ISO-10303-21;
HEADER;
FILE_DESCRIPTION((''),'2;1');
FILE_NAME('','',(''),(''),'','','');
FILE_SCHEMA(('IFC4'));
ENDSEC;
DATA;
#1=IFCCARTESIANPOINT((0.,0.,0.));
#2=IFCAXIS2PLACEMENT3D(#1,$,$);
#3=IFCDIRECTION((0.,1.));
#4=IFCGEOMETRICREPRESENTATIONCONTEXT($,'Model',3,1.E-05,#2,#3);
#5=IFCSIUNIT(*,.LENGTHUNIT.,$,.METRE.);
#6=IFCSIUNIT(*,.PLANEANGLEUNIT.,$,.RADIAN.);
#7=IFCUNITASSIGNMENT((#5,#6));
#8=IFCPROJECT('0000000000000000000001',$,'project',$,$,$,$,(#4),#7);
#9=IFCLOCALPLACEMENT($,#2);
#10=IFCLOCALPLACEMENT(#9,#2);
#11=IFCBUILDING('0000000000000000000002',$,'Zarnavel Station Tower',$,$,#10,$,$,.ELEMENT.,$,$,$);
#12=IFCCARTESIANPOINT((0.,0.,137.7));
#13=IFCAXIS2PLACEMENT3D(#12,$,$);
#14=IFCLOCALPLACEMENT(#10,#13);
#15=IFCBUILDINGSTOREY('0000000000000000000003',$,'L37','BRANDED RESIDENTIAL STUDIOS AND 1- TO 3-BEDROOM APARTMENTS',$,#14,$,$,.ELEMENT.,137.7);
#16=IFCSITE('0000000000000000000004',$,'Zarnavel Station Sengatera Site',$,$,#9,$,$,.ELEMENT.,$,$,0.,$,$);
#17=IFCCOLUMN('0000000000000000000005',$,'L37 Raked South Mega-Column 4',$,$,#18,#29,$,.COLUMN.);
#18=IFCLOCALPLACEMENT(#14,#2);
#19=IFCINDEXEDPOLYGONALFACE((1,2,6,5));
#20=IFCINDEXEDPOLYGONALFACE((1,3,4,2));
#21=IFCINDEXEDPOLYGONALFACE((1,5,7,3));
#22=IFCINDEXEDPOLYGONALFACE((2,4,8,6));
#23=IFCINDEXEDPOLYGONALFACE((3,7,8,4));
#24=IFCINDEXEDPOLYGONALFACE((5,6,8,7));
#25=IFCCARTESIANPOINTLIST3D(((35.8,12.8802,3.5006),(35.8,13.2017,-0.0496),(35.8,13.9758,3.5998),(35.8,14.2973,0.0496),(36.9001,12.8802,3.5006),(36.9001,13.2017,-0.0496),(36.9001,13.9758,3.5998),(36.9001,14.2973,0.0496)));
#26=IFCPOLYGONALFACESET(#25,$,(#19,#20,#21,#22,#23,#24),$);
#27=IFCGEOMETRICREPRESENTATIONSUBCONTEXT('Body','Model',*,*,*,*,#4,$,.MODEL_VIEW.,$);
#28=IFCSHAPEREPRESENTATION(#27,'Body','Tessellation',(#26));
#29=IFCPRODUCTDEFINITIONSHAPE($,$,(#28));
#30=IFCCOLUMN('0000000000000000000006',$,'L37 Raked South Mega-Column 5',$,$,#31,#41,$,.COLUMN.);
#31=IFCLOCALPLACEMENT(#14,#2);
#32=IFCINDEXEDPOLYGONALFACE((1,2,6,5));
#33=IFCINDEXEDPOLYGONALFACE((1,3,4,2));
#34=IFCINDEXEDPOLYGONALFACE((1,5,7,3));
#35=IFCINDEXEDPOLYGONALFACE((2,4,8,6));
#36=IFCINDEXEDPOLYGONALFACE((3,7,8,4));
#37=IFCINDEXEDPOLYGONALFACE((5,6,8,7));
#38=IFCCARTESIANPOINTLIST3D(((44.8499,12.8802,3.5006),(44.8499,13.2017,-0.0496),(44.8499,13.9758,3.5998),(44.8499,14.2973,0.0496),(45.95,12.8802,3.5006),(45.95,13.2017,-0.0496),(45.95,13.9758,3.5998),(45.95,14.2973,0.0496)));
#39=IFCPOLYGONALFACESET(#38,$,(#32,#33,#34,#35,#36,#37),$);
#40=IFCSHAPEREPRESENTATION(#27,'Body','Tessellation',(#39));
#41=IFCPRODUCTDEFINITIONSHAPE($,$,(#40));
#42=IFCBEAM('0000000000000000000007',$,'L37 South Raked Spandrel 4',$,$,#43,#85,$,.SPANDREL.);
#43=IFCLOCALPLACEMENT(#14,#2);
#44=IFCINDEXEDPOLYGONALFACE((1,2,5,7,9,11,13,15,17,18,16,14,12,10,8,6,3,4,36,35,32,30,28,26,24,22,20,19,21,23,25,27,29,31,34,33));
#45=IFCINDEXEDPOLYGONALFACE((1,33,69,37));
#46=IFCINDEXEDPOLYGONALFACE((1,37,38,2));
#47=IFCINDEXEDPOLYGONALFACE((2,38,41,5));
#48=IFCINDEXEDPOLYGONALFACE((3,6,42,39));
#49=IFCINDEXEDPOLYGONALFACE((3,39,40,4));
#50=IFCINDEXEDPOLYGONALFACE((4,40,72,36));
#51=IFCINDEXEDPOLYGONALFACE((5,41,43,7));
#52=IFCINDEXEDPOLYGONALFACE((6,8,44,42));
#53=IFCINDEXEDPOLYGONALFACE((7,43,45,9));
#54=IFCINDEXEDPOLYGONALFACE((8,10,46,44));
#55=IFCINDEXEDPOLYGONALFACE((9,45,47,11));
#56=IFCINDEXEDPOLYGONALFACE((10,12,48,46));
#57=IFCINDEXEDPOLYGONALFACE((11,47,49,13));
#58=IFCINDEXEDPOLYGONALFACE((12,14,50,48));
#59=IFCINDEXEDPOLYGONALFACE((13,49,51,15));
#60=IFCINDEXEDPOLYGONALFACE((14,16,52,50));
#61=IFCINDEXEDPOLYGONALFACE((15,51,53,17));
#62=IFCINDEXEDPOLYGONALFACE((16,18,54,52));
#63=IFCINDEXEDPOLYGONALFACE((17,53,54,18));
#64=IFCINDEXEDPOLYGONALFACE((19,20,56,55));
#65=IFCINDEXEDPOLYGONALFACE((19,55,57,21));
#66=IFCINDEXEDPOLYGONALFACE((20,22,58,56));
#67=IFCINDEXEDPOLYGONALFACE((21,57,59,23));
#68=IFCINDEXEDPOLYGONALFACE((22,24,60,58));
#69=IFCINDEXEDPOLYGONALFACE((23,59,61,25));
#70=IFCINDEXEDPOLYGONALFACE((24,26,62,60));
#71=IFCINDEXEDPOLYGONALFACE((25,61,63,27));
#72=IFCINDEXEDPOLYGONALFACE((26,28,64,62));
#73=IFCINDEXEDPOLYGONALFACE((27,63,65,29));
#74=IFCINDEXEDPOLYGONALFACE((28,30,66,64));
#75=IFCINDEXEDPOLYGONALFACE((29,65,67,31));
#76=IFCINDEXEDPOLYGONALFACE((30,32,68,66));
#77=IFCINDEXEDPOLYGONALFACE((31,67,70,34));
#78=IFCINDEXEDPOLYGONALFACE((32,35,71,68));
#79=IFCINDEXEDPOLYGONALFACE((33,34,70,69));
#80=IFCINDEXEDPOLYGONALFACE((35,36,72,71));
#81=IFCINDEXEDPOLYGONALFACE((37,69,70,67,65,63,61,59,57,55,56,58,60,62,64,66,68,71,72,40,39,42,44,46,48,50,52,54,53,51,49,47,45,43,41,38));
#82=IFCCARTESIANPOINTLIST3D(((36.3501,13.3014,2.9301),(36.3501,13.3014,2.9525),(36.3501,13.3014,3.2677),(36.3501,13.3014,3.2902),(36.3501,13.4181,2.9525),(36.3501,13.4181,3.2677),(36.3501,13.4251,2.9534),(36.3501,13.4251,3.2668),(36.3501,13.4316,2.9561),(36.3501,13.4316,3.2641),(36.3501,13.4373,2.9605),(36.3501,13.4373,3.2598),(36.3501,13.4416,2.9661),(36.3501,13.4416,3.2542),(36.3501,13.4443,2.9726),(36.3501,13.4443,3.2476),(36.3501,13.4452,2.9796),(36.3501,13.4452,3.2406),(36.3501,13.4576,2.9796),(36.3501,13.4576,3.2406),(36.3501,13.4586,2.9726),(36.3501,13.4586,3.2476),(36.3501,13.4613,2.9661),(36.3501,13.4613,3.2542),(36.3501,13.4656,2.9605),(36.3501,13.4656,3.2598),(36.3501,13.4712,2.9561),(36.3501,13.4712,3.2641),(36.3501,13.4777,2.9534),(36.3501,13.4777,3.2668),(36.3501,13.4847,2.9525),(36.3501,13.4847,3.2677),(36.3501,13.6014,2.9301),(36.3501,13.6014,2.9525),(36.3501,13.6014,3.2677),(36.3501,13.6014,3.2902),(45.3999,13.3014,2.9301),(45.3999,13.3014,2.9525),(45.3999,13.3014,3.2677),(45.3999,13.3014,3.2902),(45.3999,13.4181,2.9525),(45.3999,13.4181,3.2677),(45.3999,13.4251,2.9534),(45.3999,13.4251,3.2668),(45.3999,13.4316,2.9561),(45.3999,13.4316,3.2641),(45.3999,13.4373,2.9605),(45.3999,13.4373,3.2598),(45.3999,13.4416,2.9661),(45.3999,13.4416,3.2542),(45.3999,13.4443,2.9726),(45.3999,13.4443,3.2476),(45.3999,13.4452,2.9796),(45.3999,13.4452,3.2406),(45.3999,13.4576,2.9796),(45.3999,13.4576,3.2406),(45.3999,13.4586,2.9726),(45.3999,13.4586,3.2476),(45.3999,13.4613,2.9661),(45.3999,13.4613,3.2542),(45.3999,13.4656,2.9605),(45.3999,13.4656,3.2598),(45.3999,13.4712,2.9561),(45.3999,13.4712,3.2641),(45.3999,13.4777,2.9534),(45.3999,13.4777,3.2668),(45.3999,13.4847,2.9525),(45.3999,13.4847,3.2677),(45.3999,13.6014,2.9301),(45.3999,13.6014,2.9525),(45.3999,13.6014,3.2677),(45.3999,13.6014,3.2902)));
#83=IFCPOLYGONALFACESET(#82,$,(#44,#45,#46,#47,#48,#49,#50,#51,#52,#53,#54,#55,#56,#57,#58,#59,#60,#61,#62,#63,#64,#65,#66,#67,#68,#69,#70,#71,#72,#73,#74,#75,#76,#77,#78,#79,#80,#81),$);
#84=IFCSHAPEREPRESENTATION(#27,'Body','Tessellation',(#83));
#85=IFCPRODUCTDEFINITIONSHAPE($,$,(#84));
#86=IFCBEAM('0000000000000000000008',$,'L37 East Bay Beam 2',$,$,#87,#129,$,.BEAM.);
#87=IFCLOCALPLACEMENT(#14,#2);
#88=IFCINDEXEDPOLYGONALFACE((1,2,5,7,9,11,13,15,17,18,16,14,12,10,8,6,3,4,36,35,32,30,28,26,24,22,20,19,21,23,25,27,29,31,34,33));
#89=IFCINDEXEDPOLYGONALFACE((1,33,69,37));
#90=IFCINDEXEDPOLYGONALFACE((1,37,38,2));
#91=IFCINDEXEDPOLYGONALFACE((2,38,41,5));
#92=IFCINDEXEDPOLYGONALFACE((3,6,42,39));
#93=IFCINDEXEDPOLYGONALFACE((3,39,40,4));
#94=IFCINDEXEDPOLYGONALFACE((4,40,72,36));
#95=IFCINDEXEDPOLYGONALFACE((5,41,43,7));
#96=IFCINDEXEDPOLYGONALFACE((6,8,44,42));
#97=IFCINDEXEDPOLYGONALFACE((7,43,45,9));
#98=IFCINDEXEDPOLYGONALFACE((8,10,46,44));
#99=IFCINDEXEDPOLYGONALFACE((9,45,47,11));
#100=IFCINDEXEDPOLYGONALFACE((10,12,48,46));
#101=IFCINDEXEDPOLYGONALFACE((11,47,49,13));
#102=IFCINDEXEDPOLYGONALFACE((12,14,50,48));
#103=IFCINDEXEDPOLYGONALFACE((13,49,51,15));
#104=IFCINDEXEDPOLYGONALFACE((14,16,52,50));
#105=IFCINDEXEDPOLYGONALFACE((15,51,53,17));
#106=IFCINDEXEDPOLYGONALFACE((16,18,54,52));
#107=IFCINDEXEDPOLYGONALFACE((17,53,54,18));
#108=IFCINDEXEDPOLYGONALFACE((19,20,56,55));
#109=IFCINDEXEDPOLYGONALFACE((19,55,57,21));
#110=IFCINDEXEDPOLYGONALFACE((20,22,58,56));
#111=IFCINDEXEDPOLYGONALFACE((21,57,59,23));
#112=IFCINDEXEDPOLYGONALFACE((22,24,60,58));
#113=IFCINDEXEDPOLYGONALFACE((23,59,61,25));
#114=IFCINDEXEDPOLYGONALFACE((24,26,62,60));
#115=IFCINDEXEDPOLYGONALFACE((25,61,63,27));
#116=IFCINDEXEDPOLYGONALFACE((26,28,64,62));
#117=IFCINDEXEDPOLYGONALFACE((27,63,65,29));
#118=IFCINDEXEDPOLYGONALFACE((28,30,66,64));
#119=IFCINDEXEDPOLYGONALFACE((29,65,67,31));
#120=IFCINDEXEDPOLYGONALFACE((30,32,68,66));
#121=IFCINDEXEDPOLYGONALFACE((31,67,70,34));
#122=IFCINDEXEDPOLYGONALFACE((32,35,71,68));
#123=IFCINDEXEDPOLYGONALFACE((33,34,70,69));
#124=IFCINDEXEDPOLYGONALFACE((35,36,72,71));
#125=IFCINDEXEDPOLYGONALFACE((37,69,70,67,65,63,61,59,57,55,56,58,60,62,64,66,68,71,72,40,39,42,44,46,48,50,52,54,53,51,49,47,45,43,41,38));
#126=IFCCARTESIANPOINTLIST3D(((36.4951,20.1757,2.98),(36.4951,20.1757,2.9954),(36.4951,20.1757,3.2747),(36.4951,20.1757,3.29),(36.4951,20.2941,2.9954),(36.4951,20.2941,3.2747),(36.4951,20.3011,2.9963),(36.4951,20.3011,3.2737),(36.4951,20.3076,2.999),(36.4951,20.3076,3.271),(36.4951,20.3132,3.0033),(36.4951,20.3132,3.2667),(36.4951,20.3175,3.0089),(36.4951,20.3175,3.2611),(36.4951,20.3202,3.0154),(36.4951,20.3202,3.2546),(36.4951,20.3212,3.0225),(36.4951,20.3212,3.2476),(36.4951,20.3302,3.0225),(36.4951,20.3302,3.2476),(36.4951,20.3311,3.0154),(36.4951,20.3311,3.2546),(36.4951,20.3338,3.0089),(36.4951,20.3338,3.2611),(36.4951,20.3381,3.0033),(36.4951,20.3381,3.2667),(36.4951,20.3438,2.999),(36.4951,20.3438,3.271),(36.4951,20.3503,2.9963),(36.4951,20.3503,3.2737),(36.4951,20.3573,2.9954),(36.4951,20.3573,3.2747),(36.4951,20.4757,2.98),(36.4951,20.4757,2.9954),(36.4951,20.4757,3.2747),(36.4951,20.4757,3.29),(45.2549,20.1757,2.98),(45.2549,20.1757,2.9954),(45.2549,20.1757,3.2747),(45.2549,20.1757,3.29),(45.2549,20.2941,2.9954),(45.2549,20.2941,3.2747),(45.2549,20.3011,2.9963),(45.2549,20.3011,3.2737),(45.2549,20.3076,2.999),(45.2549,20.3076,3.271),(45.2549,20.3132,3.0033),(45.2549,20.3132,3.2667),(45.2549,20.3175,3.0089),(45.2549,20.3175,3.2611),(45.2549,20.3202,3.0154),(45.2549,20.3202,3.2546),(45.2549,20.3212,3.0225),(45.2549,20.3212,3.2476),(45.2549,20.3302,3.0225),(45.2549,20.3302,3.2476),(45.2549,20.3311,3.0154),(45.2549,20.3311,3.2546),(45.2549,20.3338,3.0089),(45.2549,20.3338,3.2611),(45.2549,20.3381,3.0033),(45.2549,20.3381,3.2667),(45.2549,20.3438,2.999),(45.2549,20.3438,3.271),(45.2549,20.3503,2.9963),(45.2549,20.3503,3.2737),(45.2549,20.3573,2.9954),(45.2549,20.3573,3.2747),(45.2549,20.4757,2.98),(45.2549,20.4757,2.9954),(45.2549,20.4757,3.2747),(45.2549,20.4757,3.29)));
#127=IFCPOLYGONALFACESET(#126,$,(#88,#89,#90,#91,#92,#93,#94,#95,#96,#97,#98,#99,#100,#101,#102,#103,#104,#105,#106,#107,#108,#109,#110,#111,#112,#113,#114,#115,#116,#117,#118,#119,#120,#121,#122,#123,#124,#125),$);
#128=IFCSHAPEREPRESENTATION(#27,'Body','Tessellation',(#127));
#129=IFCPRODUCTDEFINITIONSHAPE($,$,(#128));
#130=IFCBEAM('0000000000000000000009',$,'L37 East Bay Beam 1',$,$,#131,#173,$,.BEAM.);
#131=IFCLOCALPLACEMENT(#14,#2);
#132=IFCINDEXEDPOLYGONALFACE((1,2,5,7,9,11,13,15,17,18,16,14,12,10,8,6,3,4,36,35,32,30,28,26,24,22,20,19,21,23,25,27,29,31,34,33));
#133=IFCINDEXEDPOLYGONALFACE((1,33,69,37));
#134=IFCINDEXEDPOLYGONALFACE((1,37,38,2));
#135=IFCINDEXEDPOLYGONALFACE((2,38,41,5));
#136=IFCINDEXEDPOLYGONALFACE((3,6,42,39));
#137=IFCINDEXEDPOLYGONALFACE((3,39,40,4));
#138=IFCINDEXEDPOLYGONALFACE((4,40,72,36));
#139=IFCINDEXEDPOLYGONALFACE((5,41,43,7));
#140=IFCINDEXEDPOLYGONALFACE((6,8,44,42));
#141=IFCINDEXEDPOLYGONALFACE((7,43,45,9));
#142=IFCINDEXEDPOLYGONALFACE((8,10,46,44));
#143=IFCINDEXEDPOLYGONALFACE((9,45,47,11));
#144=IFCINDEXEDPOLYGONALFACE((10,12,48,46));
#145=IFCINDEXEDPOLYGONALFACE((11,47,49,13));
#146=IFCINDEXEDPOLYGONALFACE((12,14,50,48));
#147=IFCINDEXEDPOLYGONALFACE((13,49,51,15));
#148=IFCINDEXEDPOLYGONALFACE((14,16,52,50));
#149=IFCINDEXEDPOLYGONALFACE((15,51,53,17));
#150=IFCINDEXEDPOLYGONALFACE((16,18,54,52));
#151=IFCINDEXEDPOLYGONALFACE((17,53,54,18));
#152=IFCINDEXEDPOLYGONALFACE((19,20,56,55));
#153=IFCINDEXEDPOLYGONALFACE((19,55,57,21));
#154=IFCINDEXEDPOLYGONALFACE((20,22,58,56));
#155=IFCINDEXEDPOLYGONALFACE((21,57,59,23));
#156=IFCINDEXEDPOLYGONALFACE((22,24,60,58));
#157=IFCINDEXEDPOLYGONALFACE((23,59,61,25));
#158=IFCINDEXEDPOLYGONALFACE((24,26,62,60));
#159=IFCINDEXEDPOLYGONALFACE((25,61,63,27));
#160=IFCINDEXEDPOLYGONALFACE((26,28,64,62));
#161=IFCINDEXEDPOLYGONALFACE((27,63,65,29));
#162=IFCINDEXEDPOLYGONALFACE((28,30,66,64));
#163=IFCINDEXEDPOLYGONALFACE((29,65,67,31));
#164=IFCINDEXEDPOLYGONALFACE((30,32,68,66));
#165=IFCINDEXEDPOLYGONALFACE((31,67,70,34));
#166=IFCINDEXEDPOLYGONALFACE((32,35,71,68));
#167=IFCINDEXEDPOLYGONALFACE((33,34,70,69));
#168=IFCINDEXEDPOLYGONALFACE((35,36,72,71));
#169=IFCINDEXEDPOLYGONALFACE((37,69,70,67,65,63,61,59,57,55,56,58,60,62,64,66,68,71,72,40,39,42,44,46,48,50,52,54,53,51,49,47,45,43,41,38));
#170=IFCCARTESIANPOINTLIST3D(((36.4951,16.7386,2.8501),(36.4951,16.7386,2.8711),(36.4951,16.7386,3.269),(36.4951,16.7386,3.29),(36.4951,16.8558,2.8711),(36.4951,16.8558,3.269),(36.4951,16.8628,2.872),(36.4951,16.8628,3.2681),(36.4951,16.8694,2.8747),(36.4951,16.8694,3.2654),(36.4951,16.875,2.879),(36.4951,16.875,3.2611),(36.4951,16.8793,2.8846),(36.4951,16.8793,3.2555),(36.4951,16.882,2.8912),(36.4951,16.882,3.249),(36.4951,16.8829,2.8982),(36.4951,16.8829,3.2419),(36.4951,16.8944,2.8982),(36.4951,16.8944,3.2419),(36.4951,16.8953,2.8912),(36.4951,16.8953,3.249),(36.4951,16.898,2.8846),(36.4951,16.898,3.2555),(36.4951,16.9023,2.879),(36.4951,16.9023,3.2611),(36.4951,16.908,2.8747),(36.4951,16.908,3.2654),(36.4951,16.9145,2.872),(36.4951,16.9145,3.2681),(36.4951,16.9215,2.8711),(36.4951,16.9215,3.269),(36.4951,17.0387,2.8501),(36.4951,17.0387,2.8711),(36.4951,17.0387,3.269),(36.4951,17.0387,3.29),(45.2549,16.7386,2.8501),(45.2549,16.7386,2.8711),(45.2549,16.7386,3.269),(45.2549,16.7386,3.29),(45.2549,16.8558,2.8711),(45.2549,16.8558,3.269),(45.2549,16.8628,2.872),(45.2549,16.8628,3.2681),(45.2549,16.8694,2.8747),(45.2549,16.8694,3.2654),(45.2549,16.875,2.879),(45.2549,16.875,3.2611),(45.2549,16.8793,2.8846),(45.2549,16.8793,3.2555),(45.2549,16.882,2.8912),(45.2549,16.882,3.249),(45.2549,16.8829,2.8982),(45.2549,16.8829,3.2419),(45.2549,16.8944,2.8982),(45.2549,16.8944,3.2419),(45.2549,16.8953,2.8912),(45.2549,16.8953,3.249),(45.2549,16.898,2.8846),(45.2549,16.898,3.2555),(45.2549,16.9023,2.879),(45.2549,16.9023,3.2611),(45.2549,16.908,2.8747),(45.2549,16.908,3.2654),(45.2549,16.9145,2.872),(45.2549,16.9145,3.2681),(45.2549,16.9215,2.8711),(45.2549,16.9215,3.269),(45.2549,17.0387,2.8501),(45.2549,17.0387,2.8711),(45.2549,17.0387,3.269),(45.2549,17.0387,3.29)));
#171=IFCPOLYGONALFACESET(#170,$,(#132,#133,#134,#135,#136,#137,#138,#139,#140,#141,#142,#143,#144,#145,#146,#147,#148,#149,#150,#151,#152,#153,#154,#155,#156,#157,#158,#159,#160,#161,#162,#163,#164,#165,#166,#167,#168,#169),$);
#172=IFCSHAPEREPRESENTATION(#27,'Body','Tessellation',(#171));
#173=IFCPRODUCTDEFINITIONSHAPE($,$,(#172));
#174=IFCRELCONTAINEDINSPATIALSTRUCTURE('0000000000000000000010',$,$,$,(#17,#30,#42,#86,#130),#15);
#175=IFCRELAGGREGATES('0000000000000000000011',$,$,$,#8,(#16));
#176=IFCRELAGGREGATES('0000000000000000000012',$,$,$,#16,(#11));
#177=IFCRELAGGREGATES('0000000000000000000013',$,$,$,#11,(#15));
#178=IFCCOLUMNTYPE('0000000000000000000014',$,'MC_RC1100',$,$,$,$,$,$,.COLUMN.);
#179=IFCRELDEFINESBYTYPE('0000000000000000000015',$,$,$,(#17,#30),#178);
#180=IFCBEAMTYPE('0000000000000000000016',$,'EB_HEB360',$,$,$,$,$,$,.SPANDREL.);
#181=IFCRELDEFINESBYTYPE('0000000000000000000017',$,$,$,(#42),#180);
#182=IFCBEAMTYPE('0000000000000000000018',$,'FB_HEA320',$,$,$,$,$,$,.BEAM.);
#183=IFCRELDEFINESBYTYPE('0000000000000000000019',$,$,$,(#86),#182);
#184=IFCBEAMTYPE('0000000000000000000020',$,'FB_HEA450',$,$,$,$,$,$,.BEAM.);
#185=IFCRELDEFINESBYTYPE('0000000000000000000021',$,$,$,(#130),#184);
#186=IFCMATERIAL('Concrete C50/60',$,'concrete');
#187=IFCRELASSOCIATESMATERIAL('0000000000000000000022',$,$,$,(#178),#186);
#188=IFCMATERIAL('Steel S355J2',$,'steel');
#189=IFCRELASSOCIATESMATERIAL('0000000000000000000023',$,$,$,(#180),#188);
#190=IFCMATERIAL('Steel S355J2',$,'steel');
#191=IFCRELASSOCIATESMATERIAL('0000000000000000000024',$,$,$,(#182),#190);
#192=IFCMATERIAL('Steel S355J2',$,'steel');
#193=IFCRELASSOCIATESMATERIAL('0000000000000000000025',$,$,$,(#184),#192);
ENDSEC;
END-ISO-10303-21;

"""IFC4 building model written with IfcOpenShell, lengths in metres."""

from ifc_helpers import new_model, si_unit, direction, frame, origin, origin_2d, place, context, subcontext, project, spatial, rectangle, i_section, extrude, material, material_profile, profile_set, type_object, element, save


model = new_model("IFC4")

# Units and contexts
model_context = context("Model", 3, precision=1e-05, world=origin(), true_north=direction((0.0, 1.0)))
body_context = subcontext(model_context, "Body", "Model", "MODEL_VIEW")
ifc_project = project(units=[si_unit("LENGTHUNIT", "METRE"), si_unit("PLANEANGLEUNIT", "RADIAN")], contexts=[model_context])

# Site, building, storey
site_placement = place(None, origin())
site = spatial("IfcSite", under=ifc_project, at=site_placement, Name="Zarnavel Station Sengatera Site", CompositionType="ELEMENT", RefElevation=0.0)
building_placement = place(site_placement, origin())
building = spatial("IfcBuilding", under=site, at=building_placement, Name="Zarnavel Station Tower", CompositionType="ELEMENT")
storey_placement = place(building_placement, frame((0.0, 0.0, 137.7)))
storey = spatial("IfcBuildingStorey", under=building, at=storey_placement, Name="L37", Description="BRANDED RESIDENTIAL STUDIOS AND 1- TO 3-BEDROOM APARTMENTS", CompositionType="ELEMENT", Elevation=137.7)

# Columns
ifc_material_1 = material(Name="Concrete C50/60", Category="concrete")
ifc_material_profile_1 = material_profile(ifc_material_1, rectangle(XDim=1.1001, YDim=1.1001, at=origin_2d()), Name="RC1100x1100")
ifc_profile_set_1 = profile_set([ifc_material_profile_1], Name="Concrete C50/60")
column_type = type_object("IfcColumnType", Name="MC_RC1100", PredefinedType="COLUMN", material=ifc_profile_set_1)
for number, where, z_axis, x_axis, name in (
    (1, (36.3501, 13.7495, 0.0), (0.0, -0.090202, 0.995923), (1.0, 0.0, 0.0), "L37 Raked South Mega-Column 4"),
    (2, (45.3999, 13.7495, 0.0), (0.0, -0.090202, 0.995923), (1.0, 0.0, 0.0), "L37 Raked South Mega-Column 5"),
):
    element("IfcColumn", number, at=place(storey_placement, frame(where, z_axis=z_axis, x_axis=x_axis)), inside=storey, type_object=column_type, Name=name, PredefinedType="COLUMN", context=body_context, shape_type="SweptSolid", body=[
        extrude(rectangle(XDim=1.1001, YDim=1.1001, at=origin_2d()), origin(), (0.0, 0.0, 1.0), 3.5647),
    ])

# Beams
ifc_material_2 = material(Name="Steel S355J2", Category="steel")
ifc_material_profile_2 = material_profile(ifc_material_2, i_section(OverallWidth=0.3, OverallDepth=0.3601, WebThickness=0.0125, FlangeThickness=0.0225, FilletRadius=0.0271, at=origin_2d()), Name="HEB360")
ifc_profile_set_2 = profile_set([ifc_material_profile_2], Name="Steel S355J2")
beam_type_1 = type_object("IfcBeamType", Name="EB_HEB360", PredefinedType="SPANDREL", material=ifc_profile_set_2)
beam_1_placement = place(storey_placement, frame((36.3501, 13.4514, 3.1101), z_axis=(1.0, 0.0, 0.0), x_axis=(0.0, 1.0, 0.0)))
element("IfcBeam", 3, at=beam_1_placement, inside=storey, type_object=beam_type_1, Name="L37 South Raked Spandrel 4", PredefinedType="SPANDREL", context=body_context, shape_type="SweptSolid", body=[
    extrude(i_section(OverallWidth=0.3, OverallDepth=0.3601, WebThickness=0.0125, FlangeThickness=0.0225, FilletRadius=0.0271, at=origin_2d()), origin(), (0.0, 0.0, 1.0), 9.0498),
])
ifc_material_3 = material(Name="Steel S355J2", Category="steel")
ifc_material_profile_3 = material_profile(ifc_material_3, i_section(OverallWidth=0.3, OverallDepth=0.3101, WebThickness=0.009, FlangeThickness=0.0154, FilletRadius=0.0271, at=origin_2d()), Name="HEA320")
ifc_profile_set_3 = profile_set([ifc_material_profile_3], Name="Steel S355J2")
beam_type_2 = type_object("IfcBeamType", Name="FB_HEA320", PredefinedType="BEAM", material=ifc_profile_set_3)
beam_2_placement = place(storey_placement, frame((36.4951, 20.3257, 3.135), z_axis=(1.0, 0.0, 0.0), x_axis=(0.0, 1.0, 0.0)))
element("IfcBeam", 4, at=beam_2_placement, inside=storey, type_object=beam_type_2, Name="L37 East Bay Beam 2", PredefinedType="BEAM", context=body_context, shape_type="SweptSolid", body=[
    extrude(i_section(OverallWidth=0.3, OverallDepth=0.3101, WebThickness=0.009, FlangeThickness=0.0154, FilletRadius=0.0271, at=origin_2d()), origin(), (0.0, 0.0, 1.0), 8.7598),
])
ifc_material_4 = material(Name="Steel S355J2", Category="steel")
ifc_material_profile_4 = material_profile(ifc_material_4, i_section(OverallWidth=0.3, OverallDepth=0.4399, WebThickness=0.0115, FlangeThickness=0.021, FilletRadius=0.0271, at=origin_2d()), Name="HEA450")
ifc_profile_set_4 = profile_set([ifc_material_profile_4], Name="Steel S355J2")
beam_type_3 = type_object("IfcBeamType", Name="FB_HEA450", PredefinedType="BEAM", material=ifc_profile_set_4)
for number, where, z_axis, x_axis, name in (
    (5, (36.4951, 16.8887, 3.0701), (1.0, 0.0, 0.0), (0.0, 1.0, 0.0), "L37 East Bay Beam 1"),
):
    element("IfcBeam", number, at=place(storey_placement, frame(where, z_axis=z_axis, x_axis=x_axis)), inside=storey, type_object=beam_type_3, Name=name, PredefinedType="BEAM", context=body_context, shape_type="SweptSolid", body=[
        extrude(i_section(OverallWidth=0.3, OverallDepth=0.4399, WebThickness=0.0115, FlangeThickness=0.021, FilletRadius=0.0271, at=origin_2d()), origin(), (0.0, 0.0, 1.0), 8.7598),
    ])

save(model, "model.ifc")
